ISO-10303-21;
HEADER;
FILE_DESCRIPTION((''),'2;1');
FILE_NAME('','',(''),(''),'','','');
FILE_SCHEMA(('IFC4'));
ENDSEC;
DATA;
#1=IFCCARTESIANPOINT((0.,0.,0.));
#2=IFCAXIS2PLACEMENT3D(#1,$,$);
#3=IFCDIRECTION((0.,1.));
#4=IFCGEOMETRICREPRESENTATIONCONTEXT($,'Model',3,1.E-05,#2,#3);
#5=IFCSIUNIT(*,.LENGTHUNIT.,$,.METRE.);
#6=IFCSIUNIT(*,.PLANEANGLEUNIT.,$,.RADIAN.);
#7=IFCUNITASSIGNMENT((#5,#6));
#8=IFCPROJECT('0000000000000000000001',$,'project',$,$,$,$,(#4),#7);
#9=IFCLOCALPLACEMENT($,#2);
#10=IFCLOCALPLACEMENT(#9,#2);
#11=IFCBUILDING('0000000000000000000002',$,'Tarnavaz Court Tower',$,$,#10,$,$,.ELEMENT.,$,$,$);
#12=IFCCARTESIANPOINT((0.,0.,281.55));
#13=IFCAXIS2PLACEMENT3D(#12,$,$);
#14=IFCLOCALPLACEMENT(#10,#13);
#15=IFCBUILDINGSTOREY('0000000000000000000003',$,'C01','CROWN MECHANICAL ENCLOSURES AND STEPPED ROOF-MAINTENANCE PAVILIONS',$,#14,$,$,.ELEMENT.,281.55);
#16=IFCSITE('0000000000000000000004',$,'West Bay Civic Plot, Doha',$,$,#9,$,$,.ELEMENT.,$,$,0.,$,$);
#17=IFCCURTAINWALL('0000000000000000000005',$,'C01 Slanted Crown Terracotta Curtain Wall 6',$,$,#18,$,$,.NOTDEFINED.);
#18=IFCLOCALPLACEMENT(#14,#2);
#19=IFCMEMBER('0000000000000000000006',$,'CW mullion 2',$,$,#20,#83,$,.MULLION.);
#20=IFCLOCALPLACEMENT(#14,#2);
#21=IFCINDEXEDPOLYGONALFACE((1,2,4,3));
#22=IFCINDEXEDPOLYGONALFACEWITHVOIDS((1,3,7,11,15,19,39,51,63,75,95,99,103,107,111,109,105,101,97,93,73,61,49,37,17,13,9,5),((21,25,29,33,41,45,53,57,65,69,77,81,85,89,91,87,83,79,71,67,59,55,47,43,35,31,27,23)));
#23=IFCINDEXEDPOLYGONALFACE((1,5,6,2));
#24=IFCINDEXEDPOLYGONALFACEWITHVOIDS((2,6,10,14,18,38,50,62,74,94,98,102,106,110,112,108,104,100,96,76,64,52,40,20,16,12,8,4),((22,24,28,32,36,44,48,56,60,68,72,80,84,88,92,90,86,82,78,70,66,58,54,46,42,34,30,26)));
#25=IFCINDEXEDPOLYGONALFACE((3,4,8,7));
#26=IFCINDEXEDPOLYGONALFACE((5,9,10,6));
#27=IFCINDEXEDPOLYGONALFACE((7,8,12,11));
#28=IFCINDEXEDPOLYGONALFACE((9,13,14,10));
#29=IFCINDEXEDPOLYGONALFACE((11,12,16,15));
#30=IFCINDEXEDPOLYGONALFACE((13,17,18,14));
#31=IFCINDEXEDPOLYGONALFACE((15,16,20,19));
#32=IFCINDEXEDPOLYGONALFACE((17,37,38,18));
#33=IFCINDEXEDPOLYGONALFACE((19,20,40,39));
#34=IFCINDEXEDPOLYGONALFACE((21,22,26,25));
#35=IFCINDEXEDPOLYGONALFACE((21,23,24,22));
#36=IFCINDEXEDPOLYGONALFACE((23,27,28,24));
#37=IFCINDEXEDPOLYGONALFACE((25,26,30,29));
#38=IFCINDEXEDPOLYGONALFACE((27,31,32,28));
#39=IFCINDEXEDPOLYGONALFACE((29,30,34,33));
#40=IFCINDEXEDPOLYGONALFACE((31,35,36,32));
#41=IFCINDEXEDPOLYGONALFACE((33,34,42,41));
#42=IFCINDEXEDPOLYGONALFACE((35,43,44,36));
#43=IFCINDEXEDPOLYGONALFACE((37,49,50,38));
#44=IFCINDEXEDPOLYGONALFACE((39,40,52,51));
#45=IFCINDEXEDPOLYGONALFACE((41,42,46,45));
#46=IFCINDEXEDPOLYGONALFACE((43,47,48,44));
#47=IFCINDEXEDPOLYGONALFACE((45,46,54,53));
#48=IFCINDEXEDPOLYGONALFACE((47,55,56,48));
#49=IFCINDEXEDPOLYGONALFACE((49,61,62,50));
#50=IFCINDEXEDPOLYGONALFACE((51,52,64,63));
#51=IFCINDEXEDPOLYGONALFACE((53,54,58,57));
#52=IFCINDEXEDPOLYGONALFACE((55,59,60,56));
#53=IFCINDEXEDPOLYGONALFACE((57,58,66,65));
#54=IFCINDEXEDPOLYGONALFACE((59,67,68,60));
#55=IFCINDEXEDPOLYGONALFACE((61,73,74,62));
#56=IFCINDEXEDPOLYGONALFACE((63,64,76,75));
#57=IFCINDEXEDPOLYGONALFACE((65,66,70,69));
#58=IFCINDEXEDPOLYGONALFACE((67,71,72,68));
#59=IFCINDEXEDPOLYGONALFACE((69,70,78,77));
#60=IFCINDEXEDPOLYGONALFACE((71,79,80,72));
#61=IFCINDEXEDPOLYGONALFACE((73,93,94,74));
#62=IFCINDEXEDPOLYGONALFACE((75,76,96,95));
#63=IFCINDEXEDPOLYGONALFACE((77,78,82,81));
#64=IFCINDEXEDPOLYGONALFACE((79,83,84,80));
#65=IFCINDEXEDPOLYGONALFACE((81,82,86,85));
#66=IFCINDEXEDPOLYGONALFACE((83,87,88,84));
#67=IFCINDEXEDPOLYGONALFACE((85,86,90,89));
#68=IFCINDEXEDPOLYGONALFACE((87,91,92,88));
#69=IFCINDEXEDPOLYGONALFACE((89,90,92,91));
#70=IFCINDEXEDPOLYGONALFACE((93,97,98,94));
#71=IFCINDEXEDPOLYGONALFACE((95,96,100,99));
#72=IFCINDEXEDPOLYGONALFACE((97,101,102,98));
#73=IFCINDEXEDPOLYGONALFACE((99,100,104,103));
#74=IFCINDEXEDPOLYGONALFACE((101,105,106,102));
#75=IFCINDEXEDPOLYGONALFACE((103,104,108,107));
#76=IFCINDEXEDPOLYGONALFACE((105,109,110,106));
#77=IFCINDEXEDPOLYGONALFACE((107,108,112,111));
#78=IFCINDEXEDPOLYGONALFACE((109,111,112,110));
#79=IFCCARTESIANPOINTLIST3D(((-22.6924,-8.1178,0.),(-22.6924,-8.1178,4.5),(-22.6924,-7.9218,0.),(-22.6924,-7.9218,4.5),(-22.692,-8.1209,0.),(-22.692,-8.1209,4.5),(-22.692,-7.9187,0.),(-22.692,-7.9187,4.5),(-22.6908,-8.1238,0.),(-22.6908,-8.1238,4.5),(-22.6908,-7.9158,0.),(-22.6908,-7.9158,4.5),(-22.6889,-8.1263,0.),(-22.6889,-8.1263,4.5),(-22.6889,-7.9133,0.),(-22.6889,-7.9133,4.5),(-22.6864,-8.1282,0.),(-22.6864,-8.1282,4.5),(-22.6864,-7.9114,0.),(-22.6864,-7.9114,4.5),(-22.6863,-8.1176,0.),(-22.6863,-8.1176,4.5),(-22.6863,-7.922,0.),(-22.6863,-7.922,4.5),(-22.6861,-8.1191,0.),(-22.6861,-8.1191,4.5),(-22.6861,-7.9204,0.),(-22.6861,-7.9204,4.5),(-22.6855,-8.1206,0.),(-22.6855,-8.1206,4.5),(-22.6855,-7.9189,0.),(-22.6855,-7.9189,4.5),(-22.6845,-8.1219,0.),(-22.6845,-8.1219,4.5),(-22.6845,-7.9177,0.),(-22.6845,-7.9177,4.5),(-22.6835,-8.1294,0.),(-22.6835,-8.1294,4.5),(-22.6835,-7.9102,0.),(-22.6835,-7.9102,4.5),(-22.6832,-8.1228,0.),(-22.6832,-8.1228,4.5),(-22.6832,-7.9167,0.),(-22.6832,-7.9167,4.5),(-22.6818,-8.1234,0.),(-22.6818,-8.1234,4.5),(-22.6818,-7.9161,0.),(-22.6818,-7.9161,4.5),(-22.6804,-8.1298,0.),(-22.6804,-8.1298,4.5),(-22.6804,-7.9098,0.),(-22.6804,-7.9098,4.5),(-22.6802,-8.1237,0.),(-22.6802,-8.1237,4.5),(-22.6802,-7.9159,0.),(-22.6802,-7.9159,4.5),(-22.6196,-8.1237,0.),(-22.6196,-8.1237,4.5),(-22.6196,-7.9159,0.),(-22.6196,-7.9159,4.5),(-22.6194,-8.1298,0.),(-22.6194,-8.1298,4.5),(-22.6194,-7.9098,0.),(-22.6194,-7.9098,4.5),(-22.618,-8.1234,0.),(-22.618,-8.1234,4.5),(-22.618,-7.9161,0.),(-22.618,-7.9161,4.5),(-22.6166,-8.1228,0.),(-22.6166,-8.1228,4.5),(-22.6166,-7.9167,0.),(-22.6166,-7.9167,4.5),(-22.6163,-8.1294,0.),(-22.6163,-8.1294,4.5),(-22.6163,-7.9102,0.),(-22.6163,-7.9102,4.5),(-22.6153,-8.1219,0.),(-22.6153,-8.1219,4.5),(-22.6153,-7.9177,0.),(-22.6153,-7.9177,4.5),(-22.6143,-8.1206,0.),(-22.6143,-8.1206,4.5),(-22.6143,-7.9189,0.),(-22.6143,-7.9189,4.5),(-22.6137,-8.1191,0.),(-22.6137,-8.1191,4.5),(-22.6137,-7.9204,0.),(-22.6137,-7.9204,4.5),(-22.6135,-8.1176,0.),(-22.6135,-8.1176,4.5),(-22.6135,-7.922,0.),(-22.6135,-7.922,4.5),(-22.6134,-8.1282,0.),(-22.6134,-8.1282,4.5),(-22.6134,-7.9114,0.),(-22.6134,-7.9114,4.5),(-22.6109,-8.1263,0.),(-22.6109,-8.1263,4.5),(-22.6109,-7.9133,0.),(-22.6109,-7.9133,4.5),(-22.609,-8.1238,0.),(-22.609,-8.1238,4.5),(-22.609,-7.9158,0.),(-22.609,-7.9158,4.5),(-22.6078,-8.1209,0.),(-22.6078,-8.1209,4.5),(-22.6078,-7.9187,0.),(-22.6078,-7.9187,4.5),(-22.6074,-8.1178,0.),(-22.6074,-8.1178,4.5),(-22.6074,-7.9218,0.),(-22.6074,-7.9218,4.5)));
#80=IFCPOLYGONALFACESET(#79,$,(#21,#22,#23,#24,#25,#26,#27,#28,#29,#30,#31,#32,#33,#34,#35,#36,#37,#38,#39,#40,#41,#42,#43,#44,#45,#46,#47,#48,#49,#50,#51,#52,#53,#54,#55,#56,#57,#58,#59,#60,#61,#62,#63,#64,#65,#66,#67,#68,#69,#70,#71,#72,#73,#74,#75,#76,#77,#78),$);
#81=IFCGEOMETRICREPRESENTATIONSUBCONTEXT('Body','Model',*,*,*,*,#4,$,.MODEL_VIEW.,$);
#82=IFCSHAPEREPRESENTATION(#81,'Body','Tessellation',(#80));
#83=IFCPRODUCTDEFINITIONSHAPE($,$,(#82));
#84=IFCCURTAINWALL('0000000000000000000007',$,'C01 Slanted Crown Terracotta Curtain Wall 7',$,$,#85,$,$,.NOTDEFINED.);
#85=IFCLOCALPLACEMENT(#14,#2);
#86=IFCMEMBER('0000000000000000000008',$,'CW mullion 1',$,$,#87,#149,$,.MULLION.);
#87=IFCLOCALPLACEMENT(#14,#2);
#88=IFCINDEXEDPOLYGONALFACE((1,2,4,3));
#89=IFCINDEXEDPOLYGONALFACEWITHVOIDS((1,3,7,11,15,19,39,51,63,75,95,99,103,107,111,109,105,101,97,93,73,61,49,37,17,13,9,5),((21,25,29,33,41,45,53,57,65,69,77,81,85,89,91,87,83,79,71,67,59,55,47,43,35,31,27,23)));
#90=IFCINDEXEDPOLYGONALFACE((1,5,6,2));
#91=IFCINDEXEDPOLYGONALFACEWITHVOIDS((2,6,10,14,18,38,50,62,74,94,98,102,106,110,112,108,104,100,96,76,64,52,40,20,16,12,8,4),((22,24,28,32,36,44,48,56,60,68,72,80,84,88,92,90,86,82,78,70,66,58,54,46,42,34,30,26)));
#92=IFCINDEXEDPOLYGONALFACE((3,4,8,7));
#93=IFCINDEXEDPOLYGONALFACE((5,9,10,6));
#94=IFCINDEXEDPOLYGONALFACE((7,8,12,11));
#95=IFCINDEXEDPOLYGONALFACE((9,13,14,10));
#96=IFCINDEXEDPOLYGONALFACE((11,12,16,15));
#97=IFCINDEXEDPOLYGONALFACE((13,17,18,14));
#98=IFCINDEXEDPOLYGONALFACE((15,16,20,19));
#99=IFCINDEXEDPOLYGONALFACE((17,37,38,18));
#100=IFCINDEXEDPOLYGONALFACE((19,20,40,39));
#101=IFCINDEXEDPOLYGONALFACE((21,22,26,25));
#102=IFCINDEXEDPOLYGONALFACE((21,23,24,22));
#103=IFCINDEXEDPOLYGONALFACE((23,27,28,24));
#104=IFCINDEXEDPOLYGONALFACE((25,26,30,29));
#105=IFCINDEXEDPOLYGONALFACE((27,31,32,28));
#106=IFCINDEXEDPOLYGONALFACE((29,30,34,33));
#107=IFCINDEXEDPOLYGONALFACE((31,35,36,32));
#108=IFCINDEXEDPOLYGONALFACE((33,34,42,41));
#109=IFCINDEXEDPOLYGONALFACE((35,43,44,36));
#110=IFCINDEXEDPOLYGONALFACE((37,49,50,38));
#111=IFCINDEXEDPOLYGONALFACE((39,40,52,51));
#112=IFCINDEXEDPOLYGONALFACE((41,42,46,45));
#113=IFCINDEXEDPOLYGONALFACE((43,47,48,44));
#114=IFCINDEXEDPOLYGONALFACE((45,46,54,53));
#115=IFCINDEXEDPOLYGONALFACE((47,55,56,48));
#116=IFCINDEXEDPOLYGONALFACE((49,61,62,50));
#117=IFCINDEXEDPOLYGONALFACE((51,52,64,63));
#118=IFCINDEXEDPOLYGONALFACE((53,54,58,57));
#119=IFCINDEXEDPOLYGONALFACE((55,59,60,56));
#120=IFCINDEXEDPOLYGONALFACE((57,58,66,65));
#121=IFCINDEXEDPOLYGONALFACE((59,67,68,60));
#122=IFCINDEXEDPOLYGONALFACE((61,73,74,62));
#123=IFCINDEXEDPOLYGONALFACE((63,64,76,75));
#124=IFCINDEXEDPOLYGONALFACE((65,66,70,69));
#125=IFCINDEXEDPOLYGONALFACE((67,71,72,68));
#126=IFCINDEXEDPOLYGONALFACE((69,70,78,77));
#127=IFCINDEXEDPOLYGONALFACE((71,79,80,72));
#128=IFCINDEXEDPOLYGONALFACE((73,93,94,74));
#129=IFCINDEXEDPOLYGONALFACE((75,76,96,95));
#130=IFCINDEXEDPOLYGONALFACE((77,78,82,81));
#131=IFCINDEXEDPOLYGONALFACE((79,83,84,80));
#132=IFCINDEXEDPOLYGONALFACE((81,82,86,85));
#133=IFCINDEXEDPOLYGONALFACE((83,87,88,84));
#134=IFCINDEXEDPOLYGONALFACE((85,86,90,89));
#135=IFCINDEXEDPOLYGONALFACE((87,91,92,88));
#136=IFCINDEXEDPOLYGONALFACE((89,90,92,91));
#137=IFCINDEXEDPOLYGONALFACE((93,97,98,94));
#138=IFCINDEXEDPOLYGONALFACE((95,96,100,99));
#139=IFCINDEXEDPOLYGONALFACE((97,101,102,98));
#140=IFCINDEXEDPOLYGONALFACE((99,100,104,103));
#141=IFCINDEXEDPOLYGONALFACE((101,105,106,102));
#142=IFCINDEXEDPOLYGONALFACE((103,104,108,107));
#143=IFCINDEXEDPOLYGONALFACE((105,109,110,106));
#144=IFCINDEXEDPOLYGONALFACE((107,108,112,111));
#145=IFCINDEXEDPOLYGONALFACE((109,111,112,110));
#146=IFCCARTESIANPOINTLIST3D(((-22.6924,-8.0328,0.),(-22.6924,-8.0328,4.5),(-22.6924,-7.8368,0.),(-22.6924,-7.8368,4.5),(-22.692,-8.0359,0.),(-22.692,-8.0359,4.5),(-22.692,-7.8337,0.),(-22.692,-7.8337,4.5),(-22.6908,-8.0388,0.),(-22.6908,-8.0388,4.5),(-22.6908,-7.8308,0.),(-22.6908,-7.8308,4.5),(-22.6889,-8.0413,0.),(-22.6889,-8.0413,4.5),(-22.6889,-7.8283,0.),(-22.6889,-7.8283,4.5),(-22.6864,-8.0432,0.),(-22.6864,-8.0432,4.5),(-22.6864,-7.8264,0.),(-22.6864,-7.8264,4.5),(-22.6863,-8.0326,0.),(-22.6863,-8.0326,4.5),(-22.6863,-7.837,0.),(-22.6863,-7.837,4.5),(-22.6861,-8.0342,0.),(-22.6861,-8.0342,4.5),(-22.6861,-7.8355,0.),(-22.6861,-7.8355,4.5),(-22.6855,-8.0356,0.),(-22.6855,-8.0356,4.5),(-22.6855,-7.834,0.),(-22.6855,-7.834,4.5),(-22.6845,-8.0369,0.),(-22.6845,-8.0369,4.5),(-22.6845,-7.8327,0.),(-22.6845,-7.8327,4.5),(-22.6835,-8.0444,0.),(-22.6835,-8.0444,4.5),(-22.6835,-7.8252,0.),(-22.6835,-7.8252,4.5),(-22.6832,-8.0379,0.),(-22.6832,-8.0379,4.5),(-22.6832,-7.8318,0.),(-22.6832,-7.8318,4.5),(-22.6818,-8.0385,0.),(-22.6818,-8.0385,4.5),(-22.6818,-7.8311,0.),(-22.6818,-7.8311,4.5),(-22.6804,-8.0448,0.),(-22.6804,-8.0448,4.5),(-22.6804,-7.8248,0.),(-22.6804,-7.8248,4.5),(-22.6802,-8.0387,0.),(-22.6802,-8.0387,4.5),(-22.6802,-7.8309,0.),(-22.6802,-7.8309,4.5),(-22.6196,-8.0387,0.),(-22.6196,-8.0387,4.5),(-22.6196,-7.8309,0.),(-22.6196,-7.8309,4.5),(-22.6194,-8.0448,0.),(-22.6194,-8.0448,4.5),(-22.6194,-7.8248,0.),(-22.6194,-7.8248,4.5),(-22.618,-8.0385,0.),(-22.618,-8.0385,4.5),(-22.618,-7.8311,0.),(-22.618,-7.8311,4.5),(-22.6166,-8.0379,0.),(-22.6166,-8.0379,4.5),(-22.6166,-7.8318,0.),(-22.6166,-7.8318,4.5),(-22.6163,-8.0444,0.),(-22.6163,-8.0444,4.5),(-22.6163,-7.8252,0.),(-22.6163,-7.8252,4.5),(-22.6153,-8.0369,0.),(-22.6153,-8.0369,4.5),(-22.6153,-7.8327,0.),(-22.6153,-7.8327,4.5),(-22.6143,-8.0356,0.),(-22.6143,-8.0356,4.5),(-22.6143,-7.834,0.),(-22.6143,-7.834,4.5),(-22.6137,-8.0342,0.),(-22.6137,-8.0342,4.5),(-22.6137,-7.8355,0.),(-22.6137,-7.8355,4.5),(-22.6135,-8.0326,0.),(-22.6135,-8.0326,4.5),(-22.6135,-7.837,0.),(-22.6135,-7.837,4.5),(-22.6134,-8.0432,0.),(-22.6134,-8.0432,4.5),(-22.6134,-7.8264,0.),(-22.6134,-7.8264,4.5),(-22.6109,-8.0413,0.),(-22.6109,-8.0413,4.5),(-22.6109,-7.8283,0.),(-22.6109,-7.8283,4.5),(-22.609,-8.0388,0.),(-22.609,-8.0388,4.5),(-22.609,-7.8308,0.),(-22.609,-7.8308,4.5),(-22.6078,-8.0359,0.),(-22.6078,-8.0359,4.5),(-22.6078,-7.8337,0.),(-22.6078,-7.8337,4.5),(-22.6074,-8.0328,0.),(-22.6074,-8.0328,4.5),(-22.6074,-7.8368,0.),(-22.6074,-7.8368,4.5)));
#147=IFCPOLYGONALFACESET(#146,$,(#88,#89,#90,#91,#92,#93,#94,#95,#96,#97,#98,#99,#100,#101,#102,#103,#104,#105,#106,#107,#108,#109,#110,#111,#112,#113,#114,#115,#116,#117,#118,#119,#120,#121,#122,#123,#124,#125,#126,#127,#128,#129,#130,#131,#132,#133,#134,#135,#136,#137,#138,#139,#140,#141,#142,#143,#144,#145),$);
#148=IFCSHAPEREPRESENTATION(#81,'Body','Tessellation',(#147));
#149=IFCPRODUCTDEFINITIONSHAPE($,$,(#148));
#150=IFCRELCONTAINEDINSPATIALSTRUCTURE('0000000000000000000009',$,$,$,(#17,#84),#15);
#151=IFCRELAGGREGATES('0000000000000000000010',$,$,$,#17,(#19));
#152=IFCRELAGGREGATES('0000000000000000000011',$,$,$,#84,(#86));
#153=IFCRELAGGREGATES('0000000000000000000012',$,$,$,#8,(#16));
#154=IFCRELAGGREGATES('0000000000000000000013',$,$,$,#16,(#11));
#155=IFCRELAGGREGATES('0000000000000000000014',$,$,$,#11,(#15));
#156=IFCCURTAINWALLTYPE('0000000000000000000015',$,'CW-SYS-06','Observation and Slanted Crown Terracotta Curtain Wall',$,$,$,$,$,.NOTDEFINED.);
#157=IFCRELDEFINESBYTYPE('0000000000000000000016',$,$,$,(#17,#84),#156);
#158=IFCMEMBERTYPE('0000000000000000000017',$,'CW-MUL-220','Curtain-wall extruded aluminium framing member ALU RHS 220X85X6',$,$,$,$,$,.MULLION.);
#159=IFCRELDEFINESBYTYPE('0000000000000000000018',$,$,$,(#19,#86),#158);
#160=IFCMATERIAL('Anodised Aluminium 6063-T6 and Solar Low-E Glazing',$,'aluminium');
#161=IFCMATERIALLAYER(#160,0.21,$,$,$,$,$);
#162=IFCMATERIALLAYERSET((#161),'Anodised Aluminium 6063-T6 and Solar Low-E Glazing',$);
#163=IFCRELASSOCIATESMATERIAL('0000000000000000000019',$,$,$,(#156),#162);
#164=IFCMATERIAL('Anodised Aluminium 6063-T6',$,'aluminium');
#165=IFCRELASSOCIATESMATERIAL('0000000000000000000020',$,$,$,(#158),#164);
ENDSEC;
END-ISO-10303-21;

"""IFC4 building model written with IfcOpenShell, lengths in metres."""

from ifc_helpers import new_model, si_unit, direction, frame, origin, origin_2d, place, context, subcontext, project, spatial, hollow_rectangle, extrude, material, layer, layer_set, material_profile, profile_set, type_object, element, aggregate, save


model = new_model("IFC4")

# Units and contexts
model_context = context("Model", 3, precision=1e-05, world=origin(), true_north=direction((0.0, 1.0)))
body_context = subcontext(model_context, "Body", "Model", "MODEL_VIEW")
ifc_project = project(units=[si_unit("LENGTHUNIT", "METRE"), si_unit("PLANEANGLEUNIT", "RADIAN")], contexts=[model_context])

# Site, building, storey
site_placement = place(None, origin())
site = spatial("IfcSite", under=ifc_project, at=site_placement, Name="West Bay Civic Plot, Doha", CompositionType="ELEMENT", RefElevation=0.0)
building_placement = place(site_placement, origin())
building = spatial("IfcBuilding", under=site, at=building_placement, Name="Tarnavaz Court Tower", CompositionType="ELEMENT")
storey_placement = place(building_placement, frame((0.0, 0.0, 281.55)))
storey = spatial("IfcBuildingStorey", under=building, at=storey_placement, Name="C01", Description="CROWN MECHANICAL ENCLOSURES AND STEPPED ROOF-MAINTENANCE PAVILIONS", CompositionType="ELEMENT", Elevation=281.55)

# Shared definitions
ifc_material_1 = material(Name="Anodised Aluminium 6063-T6 and Solar Low-E Glazing", Category="aluminium")
ifc_layer_1 = layer(ifc_material_1, 0.21)
ifc_layer_set_1 = layer_set([ifc_layer_1], Name="Anodised Aluminium 6063-T6 and Solar Low-E Glazing")
curtain_wall_type = type_object("IfcCurtainWallType", Name="CW-SYS-06", Description="Observation and Slanted Crown Terracotta Curtain Wall", PredefinedType="NOTDEFINED", material=ifc_layer_set_1)
ifc_material_2 = material(Name="Anodised Aluminium 6063-T6", Category="aluminium")
ifc_material_profile_1 = material_profile(ifc_material_2, hollow_rectangle(XDim=0.085, YDim=0.22, WallThickness=0.0061, InnerFilletRadius=0.0061, OuterFilletRadius=0.012, at=origin_2d()), Name="ALU RHS 220X85X6")
ifc_profile_set_1 = profile_set([ifc_material_profile_1], Name="Anodised Aluminium 6063-T6")
member_type_1 = type_object("IfcMemberType", Name="CW-MUL-220", Description="Curtain-wall extruded aluminium framing member ALU RHS 220X85X6", PredefinedType="MULLION", material=ifc_profile_set_1)

# Curtain walls, members
curtain_wall_1_placement = place(storey_placement, origin())
curtain_wall_1 = element("IfcCurtainWall", 1, at=curtain_wall_1_placement, inside=storey, type_object=curtain_wall_type, Name="C01 Slanted Crown Terracotta Curtain Wall 6", PredefinedType="NOTDEFINED")
member_1_placement = place(storey_placement, frame((-22.6499, -8.0198, 0.0), z_axis=(0.0, 0.0, 1.0), x_axis=(-1.0, 0.0, 0.0)))
member_1 = element("IfcMember", 2, at=member_1_placement, type_object=member_type_1, Name="CW mullion 2", PredefinedType="MULLION", context=body_context, shape_type="SweptSolid", body=[
    extrude(hollow_rectangle(XDim=0.085, YDim=0.22, WallThickness=0.0061, InnerFilletRadius=0.0061, OuterFilletRadius=0.012, at=origin_2d()), origin(), (0.0, 0.0, 1.0), 4.5),
])
curtain_wall_2_placement = place(storey_placement, origin())
curtain_wall_2 = element("IfcCurtainWall", 3, at=curtain_wall_2_placement, inside=storey, type_object=curtain_wall_type, Name="C01 Slanted Crown Terracotta Curtain Wall 7", PredefinedType="NOTDEFINED")
member_2_placement = place(storey_placement, frame((-22.6499, -7.9348, 0.0), z_axis=(0.0, 0.0, 1.0), x_axis=(-1.0, 0.0, 0.0)))
member_2 = element("IfcMember", 4, at=member_2_placement, type_object=member_type_1, Name="CW mullion 1", PredefinedType="MULLION", context=body_context, shape_type="SweptSolid", body=[
    extrude(hollow_rectangle(XDim=0.085, YDim=0.22, WallThickness=0.0061, InnerFilletRadius=0.0061, OuterFilletRadius=0.012, at=origin_2d()), origin(), (0.0, 0.0, 1.0), 4.5),
])

aggregate(curtain_wall_1, [member_1])
aggregate(curtain_wall_2, [member_2])

save(model, "model.ifc")
